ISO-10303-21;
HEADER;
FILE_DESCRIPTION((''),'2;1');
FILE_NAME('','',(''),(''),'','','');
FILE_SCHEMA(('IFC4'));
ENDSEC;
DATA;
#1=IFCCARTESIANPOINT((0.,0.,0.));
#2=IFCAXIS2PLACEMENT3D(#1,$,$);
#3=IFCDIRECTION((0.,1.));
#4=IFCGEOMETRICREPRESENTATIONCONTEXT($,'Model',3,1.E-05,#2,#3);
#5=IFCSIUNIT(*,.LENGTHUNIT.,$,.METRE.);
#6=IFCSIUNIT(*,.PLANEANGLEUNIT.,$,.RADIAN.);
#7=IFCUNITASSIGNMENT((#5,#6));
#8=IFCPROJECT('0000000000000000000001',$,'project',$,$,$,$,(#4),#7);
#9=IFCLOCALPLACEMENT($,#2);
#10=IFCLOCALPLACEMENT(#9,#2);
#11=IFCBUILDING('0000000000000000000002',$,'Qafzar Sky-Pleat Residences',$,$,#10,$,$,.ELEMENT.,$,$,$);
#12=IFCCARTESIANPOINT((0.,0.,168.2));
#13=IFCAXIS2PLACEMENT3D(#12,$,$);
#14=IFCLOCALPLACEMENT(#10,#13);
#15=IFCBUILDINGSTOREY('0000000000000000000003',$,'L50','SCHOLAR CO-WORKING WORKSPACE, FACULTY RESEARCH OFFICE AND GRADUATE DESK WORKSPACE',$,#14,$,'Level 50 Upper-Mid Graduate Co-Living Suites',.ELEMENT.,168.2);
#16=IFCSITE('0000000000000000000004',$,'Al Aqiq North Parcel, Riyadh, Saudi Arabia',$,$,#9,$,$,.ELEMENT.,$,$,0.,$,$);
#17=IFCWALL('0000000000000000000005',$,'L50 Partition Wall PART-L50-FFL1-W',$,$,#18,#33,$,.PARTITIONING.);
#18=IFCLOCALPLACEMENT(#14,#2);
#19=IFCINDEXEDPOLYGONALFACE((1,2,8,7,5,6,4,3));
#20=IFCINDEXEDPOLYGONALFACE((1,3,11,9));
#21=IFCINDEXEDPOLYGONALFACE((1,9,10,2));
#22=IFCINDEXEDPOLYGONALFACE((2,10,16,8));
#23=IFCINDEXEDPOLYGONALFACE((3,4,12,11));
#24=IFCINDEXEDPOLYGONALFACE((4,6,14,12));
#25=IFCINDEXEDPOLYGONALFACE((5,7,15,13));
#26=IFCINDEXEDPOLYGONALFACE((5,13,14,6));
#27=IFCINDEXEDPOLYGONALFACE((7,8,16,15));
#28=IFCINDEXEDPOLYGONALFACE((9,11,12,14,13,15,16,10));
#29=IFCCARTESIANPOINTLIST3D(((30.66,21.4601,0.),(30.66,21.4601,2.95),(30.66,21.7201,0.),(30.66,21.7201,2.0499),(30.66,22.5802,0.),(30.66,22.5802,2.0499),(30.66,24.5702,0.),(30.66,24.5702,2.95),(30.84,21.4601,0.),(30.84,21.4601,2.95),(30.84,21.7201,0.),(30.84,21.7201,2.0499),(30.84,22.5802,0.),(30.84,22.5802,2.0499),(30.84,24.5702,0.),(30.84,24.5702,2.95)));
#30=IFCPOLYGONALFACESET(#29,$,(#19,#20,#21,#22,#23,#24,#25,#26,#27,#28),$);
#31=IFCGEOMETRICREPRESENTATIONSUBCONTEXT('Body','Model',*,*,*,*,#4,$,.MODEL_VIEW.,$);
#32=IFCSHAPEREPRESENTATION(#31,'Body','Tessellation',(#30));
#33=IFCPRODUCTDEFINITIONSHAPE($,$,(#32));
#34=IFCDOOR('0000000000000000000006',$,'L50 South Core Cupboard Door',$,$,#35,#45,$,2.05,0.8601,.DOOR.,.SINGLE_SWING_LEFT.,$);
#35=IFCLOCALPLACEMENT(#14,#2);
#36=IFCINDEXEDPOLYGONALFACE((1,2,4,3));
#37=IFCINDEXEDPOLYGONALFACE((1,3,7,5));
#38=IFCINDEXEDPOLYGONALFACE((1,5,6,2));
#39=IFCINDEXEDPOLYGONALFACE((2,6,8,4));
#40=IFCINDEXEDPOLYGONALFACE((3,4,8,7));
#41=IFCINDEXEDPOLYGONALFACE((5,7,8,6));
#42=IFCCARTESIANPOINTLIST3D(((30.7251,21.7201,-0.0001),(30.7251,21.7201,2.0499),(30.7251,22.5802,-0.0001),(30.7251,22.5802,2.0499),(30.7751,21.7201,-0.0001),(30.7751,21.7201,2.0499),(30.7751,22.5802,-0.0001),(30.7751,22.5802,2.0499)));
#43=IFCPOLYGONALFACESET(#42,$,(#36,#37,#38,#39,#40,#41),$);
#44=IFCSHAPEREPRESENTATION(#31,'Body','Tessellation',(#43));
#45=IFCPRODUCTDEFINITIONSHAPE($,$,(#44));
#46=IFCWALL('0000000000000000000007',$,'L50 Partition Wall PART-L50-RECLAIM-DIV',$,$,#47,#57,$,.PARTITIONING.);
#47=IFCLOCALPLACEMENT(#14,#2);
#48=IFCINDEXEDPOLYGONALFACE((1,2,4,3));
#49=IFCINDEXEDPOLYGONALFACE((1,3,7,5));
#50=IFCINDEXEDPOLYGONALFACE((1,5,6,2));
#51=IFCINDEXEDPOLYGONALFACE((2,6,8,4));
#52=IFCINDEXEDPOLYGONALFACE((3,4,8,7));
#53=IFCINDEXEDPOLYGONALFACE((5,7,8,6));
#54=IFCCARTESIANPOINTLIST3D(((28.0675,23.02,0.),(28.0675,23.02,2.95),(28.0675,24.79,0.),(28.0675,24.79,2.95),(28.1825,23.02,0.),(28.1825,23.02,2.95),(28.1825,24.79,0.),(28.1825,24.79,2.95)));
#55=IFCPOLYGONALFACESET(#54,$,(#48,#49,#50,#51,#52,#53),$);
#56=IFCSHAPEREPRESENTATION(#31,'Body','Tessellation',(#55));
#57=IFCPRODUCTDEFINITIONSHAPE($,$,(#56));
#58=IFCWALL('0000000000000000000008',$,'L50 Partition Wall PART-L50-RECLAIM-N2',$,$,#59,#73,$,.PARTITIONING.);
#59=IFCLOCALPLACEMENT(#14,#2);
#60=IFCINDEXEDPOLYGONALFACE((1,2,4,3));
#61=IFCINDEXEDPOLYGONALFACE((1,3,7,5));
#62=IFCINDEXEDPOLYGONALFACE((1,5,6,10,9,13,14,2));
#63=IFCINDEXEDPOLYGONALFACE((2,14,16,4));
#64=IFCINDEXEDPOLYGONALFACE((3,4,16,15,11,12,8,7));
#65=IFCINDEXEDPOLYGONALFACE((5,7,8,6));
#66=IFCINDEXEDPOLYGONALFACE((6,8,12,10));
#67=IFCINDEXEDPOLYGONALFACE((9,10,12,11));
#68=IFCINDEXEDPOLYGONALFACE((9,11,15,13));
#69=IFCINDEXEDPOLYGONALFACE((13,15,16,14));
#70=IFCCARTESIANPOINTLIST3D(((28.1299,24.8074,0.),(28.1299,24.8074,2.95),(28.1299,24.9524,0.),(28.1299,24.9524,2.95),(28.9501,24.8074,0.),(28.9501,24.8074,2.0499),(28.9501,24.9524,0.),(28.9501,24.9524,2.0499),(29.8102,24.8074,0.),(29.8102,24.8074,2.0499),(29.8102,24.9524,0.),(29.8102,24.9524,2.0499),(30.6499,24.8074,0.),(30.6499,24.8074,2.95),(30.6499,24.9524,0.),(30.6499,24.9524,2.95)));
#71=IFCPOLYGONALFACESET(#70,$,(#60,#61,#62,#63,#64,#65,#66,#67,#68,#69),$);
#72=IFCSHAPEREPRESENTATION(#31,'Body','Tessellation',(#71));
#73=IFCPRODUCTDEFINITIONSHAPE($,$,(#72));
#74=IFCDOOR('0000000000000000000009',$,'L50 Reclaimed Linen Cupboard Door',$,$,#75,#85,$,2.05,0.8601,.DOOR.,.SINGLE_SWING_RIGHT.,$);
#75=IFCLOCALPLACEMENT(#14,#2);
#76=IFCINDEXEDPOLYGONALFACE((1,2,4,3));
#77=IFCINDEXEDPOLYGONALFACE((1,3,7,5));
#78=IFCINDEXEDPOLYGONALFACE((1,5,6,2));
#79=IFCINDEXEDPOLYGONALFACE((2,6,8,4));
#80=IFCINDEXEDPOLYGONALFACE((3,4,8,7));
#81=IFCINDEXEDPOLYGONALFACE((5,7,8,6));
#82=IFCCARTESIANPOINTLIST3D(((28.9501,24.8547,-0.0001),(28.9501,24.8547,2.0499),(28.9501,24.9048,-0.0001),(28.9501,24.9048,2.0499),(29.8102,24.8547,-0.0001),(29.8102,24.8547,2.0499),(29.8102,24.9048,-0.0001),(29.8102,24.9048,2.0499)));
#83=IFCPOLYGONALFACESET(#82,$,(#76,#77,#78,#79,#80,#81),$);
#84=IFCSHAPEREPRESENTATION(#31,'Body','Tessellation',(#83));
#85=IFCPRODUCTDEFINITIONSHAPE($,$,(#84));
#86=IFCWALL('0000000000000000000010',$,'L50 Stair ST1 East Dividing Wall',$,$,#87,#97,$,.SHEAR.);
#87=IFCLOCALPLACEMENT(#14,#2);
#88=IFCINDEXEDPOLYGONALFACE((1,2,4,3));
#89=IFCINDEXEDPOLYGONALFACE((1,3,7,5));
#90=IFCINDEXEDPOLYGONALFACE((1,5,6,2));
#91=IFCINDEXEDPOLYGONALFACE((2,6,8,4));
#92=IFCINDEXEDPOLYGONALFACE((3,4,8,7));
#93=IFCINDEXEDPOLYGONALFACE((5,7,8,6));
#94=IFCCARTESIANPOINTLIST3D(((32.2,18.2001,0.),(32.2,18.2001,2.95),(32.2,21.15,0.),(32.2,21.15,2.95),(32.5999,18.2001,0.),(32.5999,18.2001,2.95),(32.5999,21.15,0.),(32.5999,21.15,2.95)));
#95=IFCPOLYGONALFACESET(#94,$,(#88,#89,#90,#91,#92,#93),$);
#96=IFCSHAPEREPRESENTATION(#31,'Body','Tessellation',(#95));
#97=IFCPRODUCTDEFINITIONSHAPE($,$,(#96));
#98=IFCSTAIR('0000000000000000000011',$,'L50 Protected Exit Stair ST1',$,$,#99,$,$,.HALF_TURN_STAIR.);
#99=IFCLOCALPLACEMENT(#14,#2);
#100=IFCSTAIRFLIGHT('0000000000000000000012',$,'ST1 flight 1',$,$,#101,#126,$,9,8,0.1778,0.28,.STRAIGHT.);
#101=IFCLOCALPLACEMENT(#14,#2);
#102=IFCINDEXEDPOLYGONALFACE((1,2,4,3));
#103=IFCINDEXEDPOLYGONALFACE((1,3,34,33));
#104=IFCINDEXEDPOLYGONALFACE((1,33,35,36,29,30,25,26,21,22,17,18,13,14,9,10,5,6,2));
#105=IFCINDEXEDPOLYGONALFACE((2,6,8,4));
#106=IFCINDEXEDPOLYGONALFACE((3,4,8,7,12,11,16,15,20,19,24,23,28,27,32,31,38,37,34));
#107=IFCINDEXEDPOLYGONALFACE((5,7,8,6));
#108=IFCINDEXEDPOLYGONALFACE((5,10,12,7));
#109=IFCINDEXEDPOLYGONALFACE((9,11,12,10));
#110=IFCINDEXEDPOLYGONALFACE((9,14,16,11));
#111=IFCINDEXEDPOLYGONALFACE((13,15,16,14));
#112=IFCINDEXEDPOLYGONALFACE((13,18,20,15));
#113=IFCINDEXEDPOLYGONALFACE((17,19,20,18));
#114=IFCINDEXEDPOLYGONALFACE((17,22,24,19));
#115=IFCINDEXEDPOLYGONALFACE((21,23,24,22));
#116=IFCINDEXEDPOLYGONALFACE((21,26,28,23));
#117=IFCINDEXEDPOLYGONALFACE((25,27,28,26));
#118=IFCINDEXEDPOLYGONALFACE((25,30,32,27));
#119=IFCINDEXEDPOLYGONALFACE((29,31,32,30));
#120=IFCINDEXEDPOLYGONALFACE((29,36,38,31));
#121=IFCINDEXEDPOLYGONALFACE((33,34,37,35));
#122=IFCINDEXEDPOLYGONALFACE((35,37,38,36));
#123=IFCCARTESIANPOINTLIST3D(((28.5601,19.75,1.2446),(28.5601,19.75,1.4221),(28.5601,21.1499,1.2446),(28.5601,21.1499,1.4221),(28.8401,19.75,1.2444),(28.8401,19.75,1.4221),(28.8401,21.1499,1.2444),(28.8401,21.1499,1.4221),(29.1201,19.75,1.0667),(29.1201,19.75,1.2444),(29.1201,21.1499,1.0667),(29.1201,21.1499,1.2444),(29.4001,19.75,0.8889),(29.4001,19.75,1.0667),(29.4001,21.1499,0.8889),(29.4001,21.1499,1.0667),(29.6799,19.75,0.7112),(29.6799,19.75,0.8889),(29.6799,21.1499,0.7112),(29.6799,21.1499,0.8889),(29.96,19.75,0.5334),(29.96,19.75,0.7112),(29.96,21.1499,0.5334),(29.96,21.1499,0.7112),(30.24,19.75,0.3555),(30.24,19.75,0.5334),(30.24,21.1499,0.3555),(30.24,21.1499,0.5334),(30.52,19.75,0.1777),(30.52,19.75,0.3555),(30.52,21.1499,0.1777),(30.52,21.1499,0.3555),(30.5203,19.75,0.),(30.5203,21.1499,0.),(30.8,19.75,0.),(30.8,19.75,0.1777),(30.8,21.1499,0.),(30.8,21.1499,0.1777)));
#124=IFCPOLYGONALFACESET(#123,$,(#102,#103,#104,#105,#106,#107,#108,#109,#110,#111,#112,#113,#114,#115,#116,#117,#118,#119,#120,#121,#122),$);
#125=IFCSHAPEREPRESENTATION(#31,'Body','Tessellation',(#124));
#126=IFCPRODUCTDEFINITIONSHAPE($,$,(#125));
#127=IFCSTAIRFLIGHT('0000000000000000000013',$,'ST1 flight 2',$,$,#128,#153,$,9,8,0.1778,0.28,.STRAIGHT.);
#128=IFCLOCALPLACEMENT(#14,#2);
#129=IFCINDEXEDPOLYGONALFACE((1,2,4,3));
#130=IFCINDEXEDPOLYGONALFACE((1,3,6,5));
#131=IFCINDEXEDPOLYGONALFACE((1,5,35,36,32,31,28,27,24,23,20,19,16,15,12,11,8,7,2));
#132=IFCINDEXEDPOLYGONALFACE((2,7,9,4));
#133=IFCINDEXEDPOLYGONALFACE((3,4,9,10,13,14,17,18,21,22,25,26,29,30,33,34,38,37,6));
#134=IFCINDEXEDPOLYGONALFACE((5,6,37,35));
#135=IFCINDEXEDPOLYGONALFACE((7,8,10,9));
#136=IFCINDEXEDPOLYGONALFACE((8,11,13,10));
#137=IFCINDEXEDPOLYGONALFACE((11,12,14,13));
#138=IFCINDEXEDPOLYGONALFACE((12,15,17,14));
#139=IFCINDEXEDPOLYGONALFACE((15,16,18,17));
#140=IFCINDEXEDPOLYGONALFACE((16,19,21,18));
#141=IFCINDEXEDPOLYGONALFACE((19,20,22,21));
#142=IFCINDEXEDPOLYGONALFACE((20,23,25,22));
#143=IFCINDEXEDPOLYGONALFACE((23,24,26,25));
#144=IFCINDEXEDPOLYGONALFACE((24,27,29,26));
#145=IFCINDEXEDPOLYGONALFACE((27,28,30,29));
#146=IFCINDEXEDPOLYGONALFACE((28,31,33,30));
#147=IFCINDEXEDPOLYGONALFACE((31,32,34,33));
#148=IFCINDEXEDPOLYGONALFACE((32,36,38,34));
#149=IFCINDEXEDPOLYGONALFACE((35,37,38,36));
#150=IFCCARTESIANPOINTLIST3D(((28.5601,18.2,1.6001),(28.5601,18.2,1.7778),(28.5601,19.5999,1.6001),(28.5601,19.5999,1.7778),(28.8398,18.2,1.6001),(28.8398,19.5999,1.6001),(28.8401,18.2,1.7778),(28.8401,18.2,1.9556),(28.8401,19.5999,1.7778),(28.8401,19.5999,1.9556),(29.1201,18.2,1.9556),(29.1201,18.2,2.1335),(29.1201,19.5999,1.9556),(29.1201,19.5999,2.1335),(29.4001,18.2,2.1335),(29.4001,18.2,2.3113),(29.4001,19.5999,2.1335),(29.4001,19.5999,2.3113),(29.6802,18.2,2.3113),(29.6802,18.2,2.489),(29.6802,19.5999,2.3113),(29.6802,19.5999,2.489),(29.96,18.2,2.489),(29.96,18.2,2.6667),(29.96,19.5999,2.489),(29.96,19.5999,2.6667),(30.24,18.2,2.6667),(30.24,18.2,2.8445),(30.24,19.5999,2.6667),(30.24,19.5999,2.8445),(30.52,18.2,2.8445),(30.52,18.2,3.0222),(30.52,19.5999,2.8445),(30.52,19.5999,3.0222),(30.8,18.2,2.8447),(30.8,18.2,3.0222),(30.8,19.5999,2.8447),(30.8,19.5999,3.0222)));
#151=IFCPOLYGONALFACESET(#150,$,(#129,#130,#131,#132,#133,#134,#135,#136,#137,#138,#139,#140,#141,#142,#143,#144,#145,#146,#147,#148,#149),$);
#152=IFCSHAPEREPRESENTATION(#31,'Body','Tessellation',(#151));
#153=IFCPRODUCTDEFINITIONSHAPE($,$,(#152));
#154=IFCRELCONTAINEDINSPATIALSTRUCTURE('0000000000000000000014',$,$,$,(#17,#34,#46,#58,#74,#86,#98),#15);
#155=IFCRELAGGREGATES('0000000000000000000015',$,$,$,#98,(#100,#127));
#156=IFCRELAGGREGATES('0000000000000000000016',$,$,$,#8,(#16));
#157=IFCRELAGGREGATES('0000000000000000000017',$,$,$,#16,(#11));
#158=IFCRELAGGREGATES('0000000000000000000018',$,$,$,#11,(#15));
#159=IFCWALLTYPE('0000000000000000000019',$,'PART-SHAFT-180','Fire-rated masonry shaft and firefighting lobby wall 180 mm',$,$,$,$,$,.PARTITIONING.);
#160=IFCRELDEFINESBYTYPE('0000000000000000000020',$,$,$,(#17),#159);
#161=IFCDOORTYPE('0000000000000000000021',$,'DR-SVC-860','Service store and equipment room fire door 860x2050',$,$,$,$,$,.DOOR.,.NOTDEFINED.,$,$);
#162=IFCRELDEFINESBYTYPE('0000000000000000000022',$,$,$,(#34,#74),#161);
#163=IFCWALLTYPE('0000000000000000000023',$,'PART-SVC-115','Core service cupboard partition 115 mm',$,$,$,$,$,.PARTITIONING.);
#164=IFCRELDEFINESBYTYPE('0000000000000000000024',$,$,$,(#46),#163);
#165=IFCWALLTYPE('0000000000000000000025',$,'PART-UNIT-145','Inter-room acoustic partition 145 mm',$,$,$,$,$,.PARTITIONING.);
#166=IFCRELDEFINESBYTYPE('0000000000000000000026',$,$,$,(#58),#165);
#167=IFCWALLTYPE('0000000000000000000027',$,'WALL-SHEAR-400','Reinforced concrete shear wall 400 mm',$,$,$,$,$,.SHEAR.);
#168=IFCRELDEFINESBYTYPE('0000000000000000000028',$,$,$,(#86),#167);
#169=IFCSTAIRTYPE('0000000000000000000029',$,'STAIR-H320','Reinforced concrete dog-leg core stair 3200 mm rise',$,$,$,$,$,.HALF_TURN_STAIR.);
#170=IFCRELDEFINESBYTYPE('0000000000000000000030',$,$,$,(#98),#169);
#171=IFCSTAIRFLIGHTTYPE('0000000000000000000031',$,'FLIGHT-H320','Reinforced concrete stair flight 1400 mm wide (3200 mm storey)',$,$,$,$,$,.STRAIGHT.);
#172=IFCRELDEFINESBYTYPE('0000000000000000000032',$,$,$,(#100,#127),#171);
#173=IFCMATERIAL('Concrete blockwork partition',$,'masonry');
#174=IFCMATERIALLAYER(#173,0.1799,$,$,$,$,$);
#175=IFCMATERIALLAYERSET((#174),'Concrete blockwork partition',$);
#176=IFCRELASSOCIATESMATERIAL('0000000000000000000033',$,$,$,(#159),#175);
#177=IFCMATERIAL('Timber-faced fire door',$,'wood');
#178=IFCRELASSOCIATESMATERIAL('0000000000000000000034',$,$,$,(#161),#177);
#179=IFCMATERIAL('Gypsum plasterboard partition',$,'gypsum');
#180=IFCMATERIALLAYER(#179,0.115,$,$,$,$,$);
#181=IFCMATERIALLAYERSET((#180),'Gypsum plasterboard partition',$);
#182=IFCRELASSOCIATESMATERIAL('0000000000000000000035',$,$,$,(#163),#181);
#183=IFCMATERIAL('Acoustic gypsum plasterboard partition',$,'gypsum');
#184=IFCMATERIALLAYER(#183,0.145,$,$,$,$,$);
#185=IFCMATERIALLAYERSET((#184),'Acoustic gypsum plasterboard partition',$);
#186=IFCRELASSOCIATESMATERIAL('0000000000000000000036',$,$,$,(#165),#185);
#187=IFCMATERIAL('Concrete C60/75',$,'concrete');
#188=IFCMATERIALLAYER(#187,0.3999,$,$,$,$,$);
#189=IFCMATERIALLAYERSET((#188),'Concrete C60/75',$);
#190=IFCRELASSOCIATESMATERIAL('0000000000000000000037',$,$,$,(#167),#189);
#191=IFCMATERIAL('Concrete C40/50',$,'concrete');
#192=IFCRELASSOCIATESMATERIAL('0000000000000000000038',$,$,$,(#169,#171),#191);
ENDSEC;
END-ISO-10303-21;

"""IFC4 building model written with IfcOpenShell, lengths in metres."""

from ifc_helpers import new_model, si_unit, direction, frame, frame_2d, origin, place, context, subcontext, project, spatial, polyline, rectangle, outline, extrude, source, transform, mapped, material, layer, layer_set, type_object, element, fill, aggregate, save


model = new_model("IFC4")

# Units and contexts
model_context = context("Model", 3, precision=1e-05, world=origin(), true_north=direction((0.0, 1.0)))
body_context = subcontext(model_context, "Body", "Model", "MODEL_VIEW")
ifc_project = project(units=[si_unit("LENGTHUNIT", "METRE"), si_unit("PLANEANGLEUNIT", "RADIAN")], contexts=[model_context])

# Site, building, storey
site_placement = place(None, origin())
site = spatial("IfcSite", under=ifc_project, at=site_placement, Name="Al Aqiq North Parcel, Riyadh, Saudi Arabia", CompositionType="ELEMENT", RefElevation=0.0)
building_placement = place(site_placement, origin())
building = spatial("IfcBuilding", under=site, at=building_placement, Name="Qafzar Sky-Pleat Residences", CompositionType="ELEMENT")
storey_placement = place(building_placement, frame((0.0, 0.0, 168.2)))
storey = spatial("IfcBuildingStorey", under=building, at=storey_placement, Name="L50", Description="SCHOLAR CO-WORKING WORKSPACE, FACULTY RESEARCH OFFICE AND GRADUATE DESK WORKSPACE", LongName="Level 50 Upper-Mid Graduate Co-Living Suites", CompositionType="ELEMENT", Elevation=168.2)

# Wall, opening, door
ifc_material_1 = material(Name="Concrete blockwork partition", Category="masonry")
ifc_layer_1 = layer(ifc_material_1, 0.1799)
ifc_layer_set_1 = layer_set([ifc_layer_1], Name="Concrete blockwork partition")
wall_type_1 = type_object("IfcWallType", Name="PART-SHAFT-180", Description="Fire-rated masonry shaft and firefighting lobby wall 180 mm", PredefinedType="PARTITIONING", material=ifc_layer_set_1)
wall_1_placement = place(storey_placement, frame((30.75, 21.46, 0.0), z_axis=(0.0, 0.0, 1.0), x_axis=(0.0, 1.0, 0.0)))
wall_1 = element("IfcWall", 1, at=wall_1_placement, inside=storey, type_object=wall_type_1, Name="L50 Partition Wall PART-L50-FFL1-W", PredefinedType="PARTITIONING", context=body_context, shape_type="SweptSolid", body=[
    extrude(rectangle(XDim=3.1101, YDim=0.1799, at=frame_2d((1.5552, 0.0))), origin(), (0.0, 0.0, 1.0), 2.95),
])
opening_1_placement = place(wall_1_placement, frame((0.26, 0.0, 0.0)))
opening_1 = element("IfcOpeningElement", 2, at=opening_1_placement, cuts=wall_1, PredefinedType="OPENING", context=body_context, shape_type="SweptSolid", body=[
    extrude(rectangle(XDim=0.8601, YDim=2.05, at=frame_2d((0.4302, 1.0249))), frame((0.0, 0.1001, 0.0), z_axis=(0.0, -1.0, 0.0), x_axis=(1.0, 0.0, 0.0)), (0.0, 0.0, 1.0), 0.2),
])
ifc_material_2 = material(Name="Timber-faced fire door", Category="wood")
door_type_1 = type_object("IfcDoorType", Name="DR-SVC-860", Description="Service store and equipment room fire door 860x2050", OperationType="NOTDEFINED", PredefinedType="DOOR", material=ifc_material_2)
shared_shape_1 = source(origin(), body_context, "Body", "SweptSolid", [
    extrude(rectangle(XDim=0.8601, YDim=2.05, at=frame_2d((0.4302, 1.0249))), frame((0.0, 0.0249, 0.0), z_axis=(0.0, -1.0, 0.0), x_axis=(1.0, 0.0, 0.0)), (0.0, 0.0, 1.0), 0.05),
])
door_1_placement = place(opening_1_placement, origin())
door_1 = element("IfcDoor", 3, at=door_1_placement, inside=storey, type_object=door_type_1, Name="L50 South Core Cupboard Door", OperationType="SINGLE_SWING_LEFT", OverallHeight=2.05, OverallWidth=0.8601, PredefinedType="DOOR", context=body_context, shape_type="MappedRepresentation", body=[
    mapped(shared_shape_1, transform((0.0, 0.0, 0.0), x_axis=(1.0, 0.0, 0.0), y_axis=(0.0, 1.0, 0.0), z_axis=(0.0, 0.0, 1.0), scale=1.0)),
])
fill(opening_1, door_1)

# Wall
ifc_material_3 = material(Name="Gypsum plasterboard partition", Category="gypsum")
ifc_layer_2 = layer(ifc_material_3, 0.115)
ifc_layer_set_2 = layer_set([ifc_layer_2], Name="Gypsum plasterboard partition")
wall_type_2 = type_object("IfcWallType", Name="PART-SVC-115", Description="Core service cupboard partition 115 mm", PredefinedType="PARTITIONING", material=ifc_layer_set_2)
wall_2_placement = place(storey_placement, frame((28.125, 23.02, 0.0), z_axis=(0.0, 0.0, 1.0), x_axis=(0.0, 1.0, 0.0)))
element("IfcWall", 4, at=wall_2_placement, inside=storey, type_object=wall_type_2, Name="L50 Partition Wall PART-L50-RECLAIM-DIV", PredefinedType="PARTITIONING", context=body_context, shape_type="SweptSolid", body=[
    extrude(rectangle(XDim=1.77, YDim=0.115, at=frame_2d((0.885, 0.0))), origin(), (0.0, 0.0, 1.0), 2.95),
])

# Wall, opening, door
ifc_material_4 = material(Name="Acoustic gypsum plasterboard partition", Category="gypsum")
ifc_layer_3 = layer(ifc_material_4, 0.145)
ifc_layer_set_3 = layer_set([ifc_layer_3], Name="Acoustic gypsum plasterboard partition")
wall_type_3 = type_object("IfcWallType", Name="PART-UNIT-145", Description="Inter-room acoustic partition 145 mm", PredefinedType="PARTITIONING", material=ifc_layer_set_3)
wall_3_placement = place(storey_placement, frame((28.1299, 24.8799, 0.0), z_axis=(0.0, 0.0, 1.0), x_axis=(1.0, 0.0, 0.0)))
wall_3 = element("IfcWall", 5, at=wall_3_placement, inside=storey, type_object=wall_type_3, Name="L50 Partition Wall PART-L50-RECLAIM-N2", PredefinedType="PARTITIONING", context=body_context, shape_type="SweptSolid", body=[
    extrude(rectangle(XDim=2.52, YDim=0.145, at=frame_2d((1.26, 0.0))), origin(), (0.0, 0.0, 1.0), 2.95),
])
opening_2_placement = place(wall_3_placement, frame((0.8201, 0.0, 0.0)))
opening_2 = element("IfcOpeningElement", 6, at=opening_2_placement, cuts=wall_3, PredefinedType="OPENING", context=body_context, shape_type="SweptSolid", body=[
    extrude(rectangle(XDim=0.8601, YDim=2.05, at=frame_2d((0.4302, 1.0249))), frame((0.0, 0.0825, 0.0), z_axis=(0.0, -1.0, 0.0), x_axis=(1.0, 0.0, 0.0)), (0.0, 0.0, 1.0), 0.165),
])
door_2_placement = place(opening_2_placement, origin())
door_2 = element("IfcDoor", 7, at=door_2_placement, inside=storey, type_object=door_type_1, Name="L50 Reclaimed Linen Cupboard Door", OperationType="SINGLE_SWING_RIGHT", OverallHeight=2.05, OverallWidth=0.8601, PredefinedType="DOOR", context=body_context, shape_type="MappedRepresentation", body=[
    mapped(shared_shape_1, transform((0.0, 0.0, 0.0), x_axis=(1.0, 0.0, 0.0), y_axis=(0.0, 1.0, 0.0), z_axis=(0.0, 0.0, 1.0), scale=1.0)),
])
fill(opening_2, door_2)

# Wall
ifc_material_5 = material(Name="Concrete C60/75", Category="concrete")
ifc_layer_4 = layer(ifc_material_5, 0.3999)
ifc_layer_set_4 = layer_set([ifc_layer_4], Name="Concrete C60/75")
wall_type_4 = type_object("IfcWallType", Name="WALL-SHEAR-400", Description="Reinforced concrete shear wall 400 mm", PredefinedType="SHEAR", material=ifc_layer_set_4)
wall_4_placement = place(storey_placement, frame((32.3999, 18.2, 0.0), z_axis=(0.0, 0.0, 1.0), x_axis=(0.0, 1.0, 0.0)))
element("IfcWall", 8, at=wall_4_placement, inside=storey, type_object=wall_type_4, Name="L50 Stair ST1 East Dividing Wall", PredefinedType="SHEAR", context=body_context, shape_type="SweptSolid", body=[
    extrude(rectangle(XDim=2.95, YDim=0.3999, at=frame_2d((1.4751, 0.0))), origin(), (0.0, 0.0, 1.0), 2.95),
])

# Stair, stair flights
ifc_material_6 = material(Name="Concrete C40/50", Category="concrete")
stair_type = type_object("IfcStairType", Name="STAIR-H320", Description="Reinforced concrete dog-leg core stair 3200 mm rise", PredefinedType="HALF_TURN_STAIR", material=ifc_material_6)
stair_placement = place(storey_placement, origin())
stair = element("IfcStair", 9, at=stair_placement, inside=storey, type_object=stair_type, Name="L50 Protected Exit Stair ST1", PredefinedType="HALF_TURN_STAIR")
stair_flight_type = type_object("IfcStairFlightType", Name="FLIGHT-H320", Description="Reinforced concrete stair flight 1400 mm wide (3200 mm storey)", PredefinedType="STRAIGHT", material=ifc_material_6)
shared_shape_2 = source(origin(), body_context, "Body", "SweptSolid", [
    extrude(outline(polyline([(0.0, 0.0), (0.0, 0.1777), (0.28, 0.1777), (0.28, 0.3555), (0.5601, 0.3555), (0.5601, 0.5334), (0.8401, 0.5334), (0.8401, 0.7112), (1.1201, 0.7112), (1.1201, 0.8889), (1.3999, 0.8889), (1.3999, 1.0667), (1.6799, 1.0667), (1.6799, 1.2444), (1.96, 1.2444), (1.96, 1.4221), (2.24, 1.4221), (2.24, 1.6001), (2.24, 1.2446), (0.2798, 0.0), (0.0, 0.0)])), frame((0.0, 0.7, 0.0), z_axis=(0.0, -1.0, 0.0), x_axis=(1.0, 0.0, 0.0)), (0.0, 0.0, 1.0), 1.3999),
])
stair_flight_1_placement = place(storey_placement, frame((30.8, 20.45, 0.0), z_axis=(0.0, 0.0, 1.0), x_axis=(-1.0, 0.0, 0.0)))
stair_flight_1 = element("IfcStairFlight", 10, at=stair_flight_1_placement, type_object=stair_flight_type, Name="ST1 flight 1", NumberOfRisers=9, NumberOfTreads=8, PredefinedType="STRAIGHT", RiserHeight=0.1778, TreadLength=0.28, context=body_context, shape_type="MappedRepresentation", body=[
    mapped(shared_shape_2, transform((0.0, 0.0, 0.0), x_axis=(1.0, 0.0, 0.0), y_axis=(0.0, 1.0, 0.0), z_axis=(0.0, 0.0, 1.0), scale=1.0)),
])
stair_flight_2_placement = place(storey_placement, frame((28.5601, 18.8999, 1.6001), z_axis=(0.0, 0.0, 1.0), x_axis=(1.0, 0.0, 0.0)))
stair_flight_2 = element("IfcStairFlight", 11, at=stair_flight_2_placement, type_object=stair_flight_type, Name="ST1 flight 2", NumberOfRisers=9, NumberOfTreads=8, PredefinedType="STRAIGHT", RiserHeight=0.1778, TreadLength=0.28, context=body_context, shape_type="MappedRepresentation", body=[
    mapped(shared_shape_2, transform((0.0, 0.0, 0.0), x_axis=(1.0, 0.0, 0.0), y_axis=(0.0, 1.0, 0.0), z_axis=(0.0, 0.0, 1.0), scale=1.0)),
])
aggregate(stair, [stair_flight_1, stair_flight_2])

save(model, "model.ifc")
